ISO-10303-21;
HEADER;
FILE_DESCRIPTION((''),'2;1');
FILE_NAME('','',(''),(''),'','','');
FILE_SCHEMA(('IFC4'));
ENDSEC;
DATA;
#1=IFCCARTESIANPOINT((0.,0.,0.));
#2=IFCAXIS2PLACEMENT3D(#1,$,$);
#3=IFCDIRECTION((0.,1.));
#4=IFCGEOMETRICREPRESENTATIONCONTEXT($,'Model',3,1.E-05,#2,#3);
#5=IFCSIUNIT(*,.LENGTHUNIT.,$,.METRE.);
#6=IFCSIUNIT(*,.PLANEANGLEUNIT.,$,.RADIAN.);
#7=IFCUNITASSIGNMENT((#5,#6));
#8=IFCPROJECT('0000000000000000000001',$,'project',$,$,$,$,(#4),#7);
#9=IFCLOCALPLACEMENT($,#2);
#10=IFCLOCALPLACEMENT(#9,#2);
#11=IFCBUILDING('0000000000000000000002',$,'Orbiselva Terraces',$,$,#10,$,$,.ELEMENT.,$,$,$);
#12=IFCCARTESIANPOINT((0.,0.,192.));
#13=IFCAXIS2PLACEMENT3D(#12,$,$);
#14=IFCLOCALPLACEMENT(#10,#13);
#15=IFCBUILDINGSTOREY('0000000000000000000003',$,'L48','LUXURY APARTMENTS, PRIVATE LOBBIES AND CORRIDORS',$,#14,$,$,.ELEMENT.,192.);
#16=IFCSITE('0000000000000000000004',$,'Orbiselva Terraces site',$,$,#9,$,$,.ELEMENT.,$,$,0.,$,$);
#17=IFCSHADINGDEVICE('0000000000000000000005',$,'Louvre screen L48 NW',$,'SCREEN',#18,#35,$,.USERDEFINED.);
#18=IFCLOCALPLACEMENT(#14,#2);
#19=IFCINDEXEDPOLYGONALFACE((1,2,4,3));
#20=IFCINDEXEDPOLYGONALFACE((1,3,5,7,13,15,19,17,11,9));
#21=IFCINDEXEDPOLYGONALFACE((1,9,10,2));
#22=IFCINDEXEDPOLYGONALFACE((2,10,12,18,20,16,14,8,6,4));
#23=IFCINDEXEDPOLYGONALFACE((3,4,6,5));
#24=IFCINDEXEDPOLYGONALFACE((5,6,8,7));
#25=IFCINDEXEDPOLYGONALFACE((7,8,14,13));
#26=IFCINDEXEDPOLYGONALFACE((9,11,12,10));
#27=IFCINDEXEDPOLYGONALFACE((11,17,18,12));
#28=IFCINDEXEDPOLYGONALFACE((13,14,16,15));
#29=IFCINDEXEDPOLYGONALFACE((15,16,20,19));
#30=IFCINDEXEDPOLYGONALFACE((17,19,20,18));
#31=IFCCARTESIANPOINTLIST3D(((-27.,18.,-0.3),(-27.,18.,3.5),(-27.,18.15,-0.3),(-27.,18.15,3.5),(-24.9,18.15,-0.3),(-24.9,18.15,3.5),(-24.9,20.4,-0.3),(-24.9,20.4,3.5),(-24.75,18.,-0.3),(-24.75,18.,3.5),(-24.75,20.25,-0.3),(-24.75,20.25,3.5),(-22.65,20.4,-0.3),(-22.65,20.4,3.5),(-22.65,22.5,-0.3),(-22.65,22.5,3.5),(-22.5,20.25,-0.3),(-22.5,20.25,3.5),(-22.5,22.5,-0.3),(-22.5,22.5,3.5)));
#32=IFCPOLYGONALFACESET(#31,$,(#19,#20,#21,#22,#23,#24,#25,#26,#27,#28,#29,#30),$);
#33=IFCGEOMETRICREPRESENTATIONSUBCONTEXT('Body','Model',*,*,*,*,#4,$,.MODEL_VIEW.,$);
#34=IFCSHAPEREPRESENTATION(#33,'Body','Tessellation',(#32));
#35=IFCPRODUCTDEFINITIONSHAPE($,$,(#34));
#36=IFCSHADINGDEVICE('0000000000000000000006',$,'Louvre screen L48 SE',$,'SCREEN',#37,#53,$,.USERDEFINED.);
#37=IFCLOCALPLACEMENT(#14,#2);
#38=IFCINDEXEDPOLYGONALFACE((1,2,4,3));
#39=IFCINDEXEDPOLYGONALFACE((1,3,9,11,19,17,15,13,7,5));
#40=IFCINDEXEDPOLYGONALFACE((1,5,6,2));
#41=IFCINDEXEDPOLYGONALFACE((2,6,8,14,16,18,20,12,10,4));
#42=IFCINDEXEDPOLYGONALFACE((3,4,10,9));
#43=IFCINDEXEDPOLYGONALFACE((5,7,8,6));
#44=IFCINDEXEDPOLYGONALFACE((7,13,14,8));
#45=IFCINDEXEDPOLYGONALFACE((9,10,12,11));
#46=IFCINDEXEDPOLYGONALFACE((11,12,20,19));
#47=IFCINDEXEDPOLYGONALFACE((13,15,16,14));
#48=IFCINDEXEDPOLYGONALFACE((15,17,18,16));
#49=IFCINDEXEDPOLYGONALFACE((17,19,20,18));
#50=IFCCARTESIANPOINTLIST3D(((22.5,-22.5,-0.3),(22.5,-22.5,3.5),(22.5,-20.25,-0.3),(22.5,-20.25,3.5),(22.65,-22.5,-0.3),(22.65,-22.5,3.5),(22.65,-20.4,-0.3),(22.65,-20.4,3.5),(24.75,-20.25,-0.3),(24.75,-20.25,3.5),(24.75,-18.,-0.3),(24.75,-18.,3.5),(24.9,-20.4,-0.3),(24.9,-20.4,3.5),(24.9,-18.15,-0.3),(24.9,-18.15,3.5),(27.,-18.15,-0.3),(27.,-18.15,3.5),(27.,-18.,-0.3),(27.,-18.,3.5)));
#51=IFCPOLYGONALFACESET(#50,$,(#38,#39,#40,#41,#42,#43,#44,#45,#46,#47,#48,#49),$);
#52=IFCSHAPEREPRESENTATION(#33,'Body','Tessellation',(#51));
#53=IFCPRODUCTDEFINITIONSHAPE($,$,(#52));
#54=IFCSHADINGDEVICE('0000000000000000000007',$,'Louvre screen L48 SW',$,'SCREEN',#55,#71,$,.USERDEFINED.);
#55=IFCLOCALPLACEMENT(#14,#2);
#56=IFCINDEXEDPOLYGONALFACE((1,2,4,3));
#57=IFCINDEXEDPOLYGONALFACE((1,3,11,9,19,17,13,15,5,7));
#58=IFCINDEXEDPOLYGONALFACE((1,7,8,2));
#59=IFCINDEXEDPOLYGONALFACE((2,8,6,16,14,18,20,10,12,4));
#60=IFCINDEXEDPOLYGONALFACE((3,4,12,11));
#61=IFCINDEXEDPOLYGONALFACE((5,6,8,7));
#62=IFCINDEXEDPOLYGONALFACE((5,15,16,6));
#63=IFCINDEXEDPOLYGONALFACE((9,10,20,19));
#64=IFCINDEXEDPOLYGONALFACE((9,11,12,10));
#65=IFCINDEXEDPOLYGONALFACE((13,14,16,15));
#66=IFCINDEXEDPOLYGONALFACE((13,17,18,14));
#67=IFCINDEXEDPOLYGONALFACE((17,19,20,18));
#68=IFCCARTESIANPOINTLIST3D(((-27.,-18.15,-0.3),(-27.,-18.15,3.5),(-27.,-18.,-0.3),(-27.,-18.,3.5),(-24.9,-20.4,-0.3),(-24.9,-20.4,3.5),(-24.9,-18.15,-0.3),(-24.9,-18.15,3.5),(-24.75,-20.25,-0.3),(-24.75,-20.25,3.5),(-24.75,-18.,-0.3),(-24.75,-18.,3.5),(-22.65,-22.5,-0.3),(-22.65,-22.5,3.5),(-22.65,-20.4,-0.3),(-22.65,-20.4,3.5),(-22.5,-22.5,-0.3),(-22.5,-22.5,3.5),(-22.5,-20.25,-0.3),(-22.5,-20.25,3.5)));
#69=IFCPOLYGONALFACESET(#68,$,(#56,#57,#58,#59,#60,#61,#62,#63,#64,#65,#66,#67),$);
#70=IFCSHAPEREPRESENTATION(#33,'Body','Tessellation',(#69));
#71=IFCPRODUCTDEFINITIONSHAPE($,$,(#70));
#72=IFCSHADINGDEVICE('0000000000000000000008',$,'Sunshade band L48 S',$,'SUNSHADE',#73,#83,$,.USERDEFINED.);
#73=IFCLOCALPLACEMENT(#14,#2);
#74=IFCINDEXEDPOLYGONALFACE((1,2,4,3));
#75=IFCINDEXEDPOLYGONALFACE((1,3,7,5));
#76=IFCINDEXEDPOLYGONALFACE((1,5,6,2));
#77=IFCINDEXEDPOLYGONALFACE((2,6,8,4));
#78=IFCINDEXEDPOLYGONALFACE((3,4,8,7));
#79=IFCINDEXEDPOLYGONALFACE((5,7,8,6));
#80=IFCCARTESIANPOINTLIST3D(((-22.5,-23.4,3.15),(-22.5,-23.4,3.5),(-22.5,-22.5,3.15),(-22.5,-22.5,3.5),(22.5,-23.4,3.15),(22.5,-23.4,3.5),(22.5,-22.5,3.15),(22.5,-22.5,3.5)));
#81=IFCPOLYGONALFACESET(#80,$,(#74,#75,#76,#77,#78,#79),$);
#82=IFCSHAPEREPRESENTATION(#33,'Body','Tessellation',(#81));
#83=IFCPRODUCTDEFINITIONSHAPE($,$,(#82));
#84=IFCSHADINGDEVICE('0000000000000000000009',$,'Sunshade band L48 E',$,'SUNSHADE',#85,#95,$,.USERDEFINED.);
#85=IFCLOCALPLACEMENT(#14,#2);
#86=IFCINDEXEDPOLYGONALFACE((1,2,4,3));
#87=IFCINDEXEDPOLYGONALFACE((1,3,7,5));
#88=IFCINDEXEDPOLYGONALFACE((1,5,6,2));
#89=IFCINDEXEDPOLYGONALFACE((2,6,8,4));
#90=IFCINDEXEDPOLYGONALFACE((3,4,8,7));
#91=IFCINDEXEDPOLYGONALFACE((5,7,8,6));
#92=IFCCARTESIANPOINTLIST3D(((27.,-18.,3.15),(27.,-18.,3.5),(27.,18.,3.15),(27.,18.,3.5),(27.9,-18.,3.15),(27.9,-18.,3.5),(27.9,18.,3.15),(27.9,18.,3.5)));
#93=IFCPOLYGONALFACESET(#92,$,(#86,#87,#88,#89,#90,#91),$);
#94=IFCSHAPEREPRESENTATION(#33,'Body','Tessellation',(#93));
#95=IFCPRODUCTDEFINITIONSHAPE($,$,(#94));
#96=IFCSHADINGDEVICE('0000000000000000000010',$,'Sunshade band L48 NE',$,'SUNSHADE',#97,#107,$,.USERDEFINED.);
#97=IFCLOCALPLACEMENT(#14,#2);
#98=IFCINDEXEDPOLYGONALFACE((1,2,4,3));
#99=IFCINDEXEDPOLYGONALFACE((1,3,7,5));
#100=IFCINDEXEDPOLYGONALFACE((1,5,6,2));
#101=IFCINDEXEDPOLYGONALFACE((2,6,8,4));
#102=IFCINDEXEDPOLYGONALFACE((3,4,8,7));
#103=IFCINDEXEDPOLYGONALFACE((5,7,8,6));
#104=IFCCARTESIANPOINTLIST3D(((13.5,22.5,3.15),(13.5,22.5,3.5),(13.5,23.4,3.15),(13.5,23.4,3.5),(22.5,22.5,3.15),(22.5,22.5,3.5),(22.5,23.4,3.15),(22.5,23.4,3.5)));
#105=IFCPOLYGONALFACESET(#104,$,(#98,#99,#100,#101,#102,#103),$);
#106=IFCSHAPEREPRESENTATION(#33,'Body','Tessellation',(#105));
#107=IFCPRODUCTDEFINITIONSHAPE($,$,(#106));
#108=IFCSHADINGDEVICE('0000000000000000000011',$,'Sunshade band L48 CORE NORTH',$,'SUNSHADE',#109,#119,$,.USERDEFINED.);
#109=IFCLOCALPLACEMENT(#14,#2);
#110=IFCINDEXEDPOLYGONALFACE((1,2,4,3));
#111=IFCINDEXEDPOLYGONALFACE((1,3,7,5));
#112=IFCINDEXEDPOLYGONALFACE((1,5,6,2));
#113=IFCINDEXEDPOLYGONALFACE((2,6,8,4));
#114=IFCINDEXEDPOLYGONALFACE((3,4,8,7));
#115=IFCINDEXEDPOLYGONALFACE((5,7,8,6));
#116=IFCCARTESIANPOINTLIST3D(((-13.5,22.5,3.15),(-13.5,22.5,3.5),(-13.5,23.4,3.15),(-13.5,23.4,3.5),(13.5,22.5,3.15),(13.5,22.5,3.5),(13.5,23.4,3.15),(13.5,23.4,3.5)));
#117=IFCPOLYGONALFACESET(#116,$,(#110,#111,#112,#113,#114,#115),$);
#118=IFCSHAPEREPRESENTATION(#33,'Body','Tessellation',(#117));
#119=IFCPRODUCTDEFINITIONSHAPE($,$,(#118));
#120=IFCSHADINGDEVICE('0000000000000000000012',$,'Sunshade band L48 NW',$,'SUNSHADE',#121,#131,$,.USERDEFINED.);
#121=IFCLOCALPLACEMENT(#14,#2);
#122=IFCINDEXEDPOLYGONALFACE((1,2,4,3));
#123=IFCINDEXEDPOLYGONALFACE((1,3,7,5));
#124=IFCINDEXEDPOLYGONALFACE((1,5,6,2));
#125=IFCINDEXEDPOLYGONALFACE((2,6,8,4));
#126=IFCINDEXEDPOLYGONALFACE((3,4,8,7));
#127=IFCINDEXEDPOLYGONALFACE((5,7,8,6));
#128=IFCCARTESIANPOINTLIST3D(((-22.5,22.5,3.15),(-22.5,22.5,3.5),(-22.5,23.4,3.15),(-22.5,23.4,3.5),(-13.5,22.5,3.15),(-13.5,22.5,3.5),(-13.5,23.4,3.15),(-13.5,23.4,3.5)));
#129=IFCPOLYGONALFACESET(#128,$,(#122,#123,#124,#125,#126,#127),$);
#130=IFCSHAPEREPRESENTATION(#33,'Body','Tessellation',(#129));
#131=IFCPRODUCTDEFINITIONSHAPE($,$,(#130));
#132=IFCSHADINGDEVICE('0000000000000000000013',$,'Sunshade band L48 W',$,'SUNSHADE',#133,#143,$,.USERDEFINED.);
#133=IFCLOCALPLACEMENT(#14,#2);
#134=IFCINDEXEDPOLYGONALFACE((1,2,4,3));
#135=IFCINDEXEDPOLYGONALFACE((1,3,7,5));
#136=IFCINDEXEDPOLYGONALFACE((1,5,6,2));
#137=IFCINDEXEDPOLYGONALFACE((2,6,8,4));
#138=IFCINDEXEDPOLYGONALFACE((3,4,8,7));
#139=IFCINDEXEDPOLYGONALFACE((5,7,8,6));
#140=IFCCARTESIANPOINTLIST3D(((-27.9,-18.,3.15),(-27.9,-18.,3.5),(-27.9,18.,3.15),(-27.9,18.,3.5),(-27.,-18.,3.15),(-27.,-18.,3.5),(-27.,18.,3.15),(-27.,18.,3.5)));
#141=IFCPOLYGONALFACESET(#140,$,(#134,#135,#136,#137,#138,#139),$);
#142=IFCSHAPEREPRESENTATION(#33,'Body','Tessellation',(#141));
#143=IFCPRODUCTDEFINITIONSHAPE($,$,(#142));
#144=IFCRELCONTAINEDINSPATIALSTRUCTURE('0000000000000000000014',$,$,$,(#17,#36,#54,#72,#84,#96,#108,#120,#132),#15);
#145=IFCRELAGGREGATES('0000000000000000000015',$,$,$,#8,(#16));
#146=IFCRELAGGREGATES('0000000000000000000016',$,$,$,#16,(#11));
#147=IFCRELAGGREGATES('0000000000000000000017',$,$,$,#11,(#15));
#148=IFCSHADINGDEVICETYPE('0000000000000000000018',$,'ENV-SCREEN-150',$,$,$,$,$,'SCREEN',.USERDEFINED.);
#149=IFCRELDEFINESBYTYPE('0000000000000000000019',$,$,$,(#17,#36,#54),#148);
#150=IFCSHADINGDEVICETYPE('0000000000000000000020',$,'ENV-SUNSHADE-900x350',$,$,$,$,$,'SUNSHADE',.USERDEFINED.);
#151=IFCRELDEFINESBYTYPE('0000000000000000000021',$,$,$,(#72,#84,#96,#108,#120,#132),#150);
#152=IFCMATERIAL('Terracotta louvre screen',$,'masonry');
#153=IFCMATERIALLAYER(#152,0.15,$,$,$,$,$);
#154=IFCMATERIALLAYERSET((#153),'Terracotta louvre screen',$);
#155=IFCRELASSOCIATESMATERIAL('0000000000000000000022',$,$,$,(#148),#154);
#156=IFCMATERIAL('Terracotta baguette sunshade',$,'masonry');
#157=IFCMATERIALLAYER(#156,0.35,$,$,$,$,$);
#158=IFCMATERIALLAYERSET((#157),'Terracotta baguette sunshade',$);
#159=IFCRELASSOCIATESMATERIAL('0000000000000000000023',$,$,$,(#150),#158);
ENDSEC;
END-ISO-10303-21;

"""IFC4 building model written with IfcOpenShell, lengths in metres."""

from ifc_helpers import new_model, si_unit, direction, frame, origin, place, context, subcontext, project, spatial, polyline, outline, extrude, material, layer, layer_set, type_object, element, save


model = new_model("IFC4")

# Units and contexts
model_context = context("Model", 3, precision=1e-05, world=origin(), true_north=direction((0.0, 1.0)))
body_context = subcontext(model_context, "Body", "Model", "MODEL_VIEW")
ifc_project = project(units=[si_unit("LENGTHUNIT", "METRE"), si_unit("PLANEANGLEUNIT", "RADIAN")], contexts=[model_context])

# Site, building, storey
site_placement = place(None, origin())
site = spatial("IfcSite", under=ifc_project, at=site_placement, Name="Orbiselva Terraces site", CompositionType="ELEMENT", RefElevation=0.0)
building_placement = place(site_placement, origin())
building = spatial("IfcBuilding", under=site, at=building_placement, Name="Orbiselva Terraces", CompositionType="ELEMENT")
storey_placement = place(building_placement, frame((0.0, 0.0, 192.0)))
storey = spatial("IfcBuildingStorey", under=building, at=storey_placement, Name="L48", Description="LUXURY APARTMENTS, PRIVATE LOBBIES AND CORRIDORS", CompositionType="ELEMENT", Elevation=192.0)

# Shading devices
ifc_material_1 = material(Name="Terracotta louvre screen", Category="masonry")
ifc_layer_1 = layer(ifc_material_1, 0.15)
ifc_layer_set_1 = layer_set([ifc_layer_1], Name="Terracotta louvre screen")
shading_device_type_1 = type_object("IfcShadingDeviceType", Name="ENV-SCREEN-150", ElementType="SCREEN", PredefinedType="USERDEFINED", material=ifc_layer_set_1)
shading_device_1_placement = place(storey_placement, frame((0.0, 0.0, -0.3)))
element("IfcShadingDevice", 1, at=shading_device_1_placement, inside=storey, type_object=shading_device_type_1, Name="Louvre screen L48 NW", ObjectType="SCREEN", PredefinedType="USERDEFINED", context=body_context, shape_type="SweptSolid", body=[
    extrude(outline(polyline([(-22.65, 22.5), (-22.65, 20.4), (-24.9, 20.4), (-24.9, 18.15), (-27.0, 18.15), (-27.0, 18.0), (-24.75, 18.0), (-24.75, 20.25), (-22.5, 20.25), (-22.5, 22.5), (-22.65, 22.5)])), origin(), (0.0, 0.0, 1.0), 3.8),
])
shading_device_2_placement = place(storey_placement, frame((0.0, 0.0, -0.3)))
element("IfcShadingDevice", 2, at=shading_device_2_placement, inside=storey, type_object=shading_device_type_1, Name="Louvre screen L48 SE", ObjectType="SCREEN", PredefinedType="USERDEFINED", context=body_context, shape_type="SweptSolid", body=[
    extrude(outline(polyline([(22.65, -22.5), (22.65, -20.4), (24.9, -20.4), (24.9, -18.15), (27.0, -18.15), (27.0, -18.0), (24.75, -18.0), (24.75, -20.25), (22.5, -20.25), (22.5, -22.5), (22.65, -22.5)])), origin(), (0.0, 0.0, 1.0), 3.8),
])
shading_device_3_placement = place(storey_placement, frame((0.0, 0.0, -0.3)))
element("IfcShadingDevice", 3, at=shading_device_3_placement, inside=storey, type_object=shading_device_type_1, Name="Louvre screen L48 SW", ObjectType="SCREEN", PredefinedType="USERDEFINED", context=body_context, shape_type="SweptSolid", body=[
    extrude(outline(polyline([(-27.0, -18.15), (-24.9, -18.15), (-24.9, -20.4), (-22.65, -20.4), (-22.65, -22.5), (-22.5, -22.5), (-22.5, -20.25), (-24.75, -20.25), (-24.75, -18.0), (-27.0, -18.0), (-27.0, -18.15)])), origin(), (0.0, 0.0, 1.0), 3.8),
])
ifc_material_2 = material(Name="Terracotta baguette sunshade", Category="masonry")
ifc_layer_2 = layer(ifc_material_2, 0.35)
ifc_layer_set_2 = layer_set([ifc_layer_2], Name="Terracotta baguette sunshade")
shading_device_type_2 = type_object("IfcShadingDeviceType", Name="ENV-SUNSHADE-900x350", ElementType="SUNSHADE", PredefinedType="USERDEFINED", material=ifc_layer_set_2)
shading_device_4_placement = place(storey_placement, frame((0.0, 0.0, 3.15)))
element("IfcShadingDevice", 4, at=shading_device_4_placement, inside=storey, type_object=shading_device_type_2, Name="Sunshade band L48 S", ObjectType="SUNSHADE", PredefinedType="USERDEFINED", context=body_context, shape_type="SweptSolid", body=[
    extrude(outline(polyline([(-22.5, -23.4), (22.5, -23.4), (22.5, -22.5), (-22.5, -22.5), (-22.5, -23.4)])), origin(), (0.0, 0.0, 1.0), 0.35),
])
shading_device_5_placement = place(storey_placement, frame((0.0, 0.0, 3.15)))
element("IfcShadingDevice", 5, at=shading_device_5_placement, inside=storey, type_object=shading_device_type_2, Name="Sunshade band L48 E", ObjectType="SUNSHADE", PredefinedType="USERDEFINED", context=body_context, shape_type="SweptSolid", body=[
    extrude(outline(polyline([(27.9, -18.0), (27.9, 18.0), (27.0, 18.0), (27.0, -18.0), (27.9, -18.0)])), origin(), (0.0, 0.0, 1.0), 0.35),
])
shading_device_6_placement = place(storey_placement, frame((0.0, 0.0, 3.15)))
element("IfcShadingDevice", 6, at=shading_device_6_placement, inside=storey, type_object=shading_device_type_2, Name="Sunshade band L48 NE", ObjectType="SUNSHADE", PredefinedType="USERDEFINED", context=body_context, shape_type="SweptSolid", body=[
    extrude(outline(polyline([(22.5, 23.4), (13.5, 23.4), (13.5, 22.5), (22.5, 22.5), (22.5, 23.4)])), origin(), (0.0, 0.0, 1.0), 0.35),
])
shading_device_7_placement = place(storey_placement, frame((0.0, 0.0, 3.15)))
element("IfcShadingDevice", 7, at=shading_device_7_placement, inside=storey, type_object=shading_device_type_2, Name="Sunshade band L48 CORE NORTH", ObjectType="SUNSHADE", PredefinedType="USERDEFINED", context=body_context, shape_type="SweptSolid", body=[
    extrude(outline(polyline([(13.5, 23.4), (-13.5, 23.4), (-13.5, 22.5), (13.5, 22.5), (13.5, 23.4)])), origin(), (0.0, 0.0, 1.0), 0.35),
])
shading_device_8_placement = place(storey_placement, frame((0.0, 0.0, 3.15)))
element("IfcShadingDevice", 8, at=shading_device_8_placement, inside=storey, type_object=shading_device_type_2, Name="Sunshade band L48 NW", ObjectType="SUNSHADE", PredefinedType="USERDEFINED", context=body_context, shape_type="SweptSolid", body=[
    extrude(outline(polyline([(-13.5, 23.4), (-22.5, 23.4), (-22.5, 22.5), (-13.5, 22.5), (-13.5, 23.4)])), origin(), (0.0, 0.0, 1.0), 0.35),
])
shading_device_9_placement = place(storey_placement, frame((0.0, 0.0, 3.15)))
element("IfcShadingDevice", 9, at=shading_device_9_placement, inside=storey, type_object=shading_device_type_2, Name="Sunshade band L48 W", ObjectType="SUNSHADE", PredefinedType="USERDEFINED", context=body_context, shape_type="SweptSolid", body=[
    extrude(outline(polyline([(-27.9, 18.0), (-27.9, -18.0), (-27.0, -18.0), (-27.0, 18.0), (-27.9, 18.0)])), origin(), (0.0, 0.0, 1.0), 0.35),
])

save(model, "model.ifc")
